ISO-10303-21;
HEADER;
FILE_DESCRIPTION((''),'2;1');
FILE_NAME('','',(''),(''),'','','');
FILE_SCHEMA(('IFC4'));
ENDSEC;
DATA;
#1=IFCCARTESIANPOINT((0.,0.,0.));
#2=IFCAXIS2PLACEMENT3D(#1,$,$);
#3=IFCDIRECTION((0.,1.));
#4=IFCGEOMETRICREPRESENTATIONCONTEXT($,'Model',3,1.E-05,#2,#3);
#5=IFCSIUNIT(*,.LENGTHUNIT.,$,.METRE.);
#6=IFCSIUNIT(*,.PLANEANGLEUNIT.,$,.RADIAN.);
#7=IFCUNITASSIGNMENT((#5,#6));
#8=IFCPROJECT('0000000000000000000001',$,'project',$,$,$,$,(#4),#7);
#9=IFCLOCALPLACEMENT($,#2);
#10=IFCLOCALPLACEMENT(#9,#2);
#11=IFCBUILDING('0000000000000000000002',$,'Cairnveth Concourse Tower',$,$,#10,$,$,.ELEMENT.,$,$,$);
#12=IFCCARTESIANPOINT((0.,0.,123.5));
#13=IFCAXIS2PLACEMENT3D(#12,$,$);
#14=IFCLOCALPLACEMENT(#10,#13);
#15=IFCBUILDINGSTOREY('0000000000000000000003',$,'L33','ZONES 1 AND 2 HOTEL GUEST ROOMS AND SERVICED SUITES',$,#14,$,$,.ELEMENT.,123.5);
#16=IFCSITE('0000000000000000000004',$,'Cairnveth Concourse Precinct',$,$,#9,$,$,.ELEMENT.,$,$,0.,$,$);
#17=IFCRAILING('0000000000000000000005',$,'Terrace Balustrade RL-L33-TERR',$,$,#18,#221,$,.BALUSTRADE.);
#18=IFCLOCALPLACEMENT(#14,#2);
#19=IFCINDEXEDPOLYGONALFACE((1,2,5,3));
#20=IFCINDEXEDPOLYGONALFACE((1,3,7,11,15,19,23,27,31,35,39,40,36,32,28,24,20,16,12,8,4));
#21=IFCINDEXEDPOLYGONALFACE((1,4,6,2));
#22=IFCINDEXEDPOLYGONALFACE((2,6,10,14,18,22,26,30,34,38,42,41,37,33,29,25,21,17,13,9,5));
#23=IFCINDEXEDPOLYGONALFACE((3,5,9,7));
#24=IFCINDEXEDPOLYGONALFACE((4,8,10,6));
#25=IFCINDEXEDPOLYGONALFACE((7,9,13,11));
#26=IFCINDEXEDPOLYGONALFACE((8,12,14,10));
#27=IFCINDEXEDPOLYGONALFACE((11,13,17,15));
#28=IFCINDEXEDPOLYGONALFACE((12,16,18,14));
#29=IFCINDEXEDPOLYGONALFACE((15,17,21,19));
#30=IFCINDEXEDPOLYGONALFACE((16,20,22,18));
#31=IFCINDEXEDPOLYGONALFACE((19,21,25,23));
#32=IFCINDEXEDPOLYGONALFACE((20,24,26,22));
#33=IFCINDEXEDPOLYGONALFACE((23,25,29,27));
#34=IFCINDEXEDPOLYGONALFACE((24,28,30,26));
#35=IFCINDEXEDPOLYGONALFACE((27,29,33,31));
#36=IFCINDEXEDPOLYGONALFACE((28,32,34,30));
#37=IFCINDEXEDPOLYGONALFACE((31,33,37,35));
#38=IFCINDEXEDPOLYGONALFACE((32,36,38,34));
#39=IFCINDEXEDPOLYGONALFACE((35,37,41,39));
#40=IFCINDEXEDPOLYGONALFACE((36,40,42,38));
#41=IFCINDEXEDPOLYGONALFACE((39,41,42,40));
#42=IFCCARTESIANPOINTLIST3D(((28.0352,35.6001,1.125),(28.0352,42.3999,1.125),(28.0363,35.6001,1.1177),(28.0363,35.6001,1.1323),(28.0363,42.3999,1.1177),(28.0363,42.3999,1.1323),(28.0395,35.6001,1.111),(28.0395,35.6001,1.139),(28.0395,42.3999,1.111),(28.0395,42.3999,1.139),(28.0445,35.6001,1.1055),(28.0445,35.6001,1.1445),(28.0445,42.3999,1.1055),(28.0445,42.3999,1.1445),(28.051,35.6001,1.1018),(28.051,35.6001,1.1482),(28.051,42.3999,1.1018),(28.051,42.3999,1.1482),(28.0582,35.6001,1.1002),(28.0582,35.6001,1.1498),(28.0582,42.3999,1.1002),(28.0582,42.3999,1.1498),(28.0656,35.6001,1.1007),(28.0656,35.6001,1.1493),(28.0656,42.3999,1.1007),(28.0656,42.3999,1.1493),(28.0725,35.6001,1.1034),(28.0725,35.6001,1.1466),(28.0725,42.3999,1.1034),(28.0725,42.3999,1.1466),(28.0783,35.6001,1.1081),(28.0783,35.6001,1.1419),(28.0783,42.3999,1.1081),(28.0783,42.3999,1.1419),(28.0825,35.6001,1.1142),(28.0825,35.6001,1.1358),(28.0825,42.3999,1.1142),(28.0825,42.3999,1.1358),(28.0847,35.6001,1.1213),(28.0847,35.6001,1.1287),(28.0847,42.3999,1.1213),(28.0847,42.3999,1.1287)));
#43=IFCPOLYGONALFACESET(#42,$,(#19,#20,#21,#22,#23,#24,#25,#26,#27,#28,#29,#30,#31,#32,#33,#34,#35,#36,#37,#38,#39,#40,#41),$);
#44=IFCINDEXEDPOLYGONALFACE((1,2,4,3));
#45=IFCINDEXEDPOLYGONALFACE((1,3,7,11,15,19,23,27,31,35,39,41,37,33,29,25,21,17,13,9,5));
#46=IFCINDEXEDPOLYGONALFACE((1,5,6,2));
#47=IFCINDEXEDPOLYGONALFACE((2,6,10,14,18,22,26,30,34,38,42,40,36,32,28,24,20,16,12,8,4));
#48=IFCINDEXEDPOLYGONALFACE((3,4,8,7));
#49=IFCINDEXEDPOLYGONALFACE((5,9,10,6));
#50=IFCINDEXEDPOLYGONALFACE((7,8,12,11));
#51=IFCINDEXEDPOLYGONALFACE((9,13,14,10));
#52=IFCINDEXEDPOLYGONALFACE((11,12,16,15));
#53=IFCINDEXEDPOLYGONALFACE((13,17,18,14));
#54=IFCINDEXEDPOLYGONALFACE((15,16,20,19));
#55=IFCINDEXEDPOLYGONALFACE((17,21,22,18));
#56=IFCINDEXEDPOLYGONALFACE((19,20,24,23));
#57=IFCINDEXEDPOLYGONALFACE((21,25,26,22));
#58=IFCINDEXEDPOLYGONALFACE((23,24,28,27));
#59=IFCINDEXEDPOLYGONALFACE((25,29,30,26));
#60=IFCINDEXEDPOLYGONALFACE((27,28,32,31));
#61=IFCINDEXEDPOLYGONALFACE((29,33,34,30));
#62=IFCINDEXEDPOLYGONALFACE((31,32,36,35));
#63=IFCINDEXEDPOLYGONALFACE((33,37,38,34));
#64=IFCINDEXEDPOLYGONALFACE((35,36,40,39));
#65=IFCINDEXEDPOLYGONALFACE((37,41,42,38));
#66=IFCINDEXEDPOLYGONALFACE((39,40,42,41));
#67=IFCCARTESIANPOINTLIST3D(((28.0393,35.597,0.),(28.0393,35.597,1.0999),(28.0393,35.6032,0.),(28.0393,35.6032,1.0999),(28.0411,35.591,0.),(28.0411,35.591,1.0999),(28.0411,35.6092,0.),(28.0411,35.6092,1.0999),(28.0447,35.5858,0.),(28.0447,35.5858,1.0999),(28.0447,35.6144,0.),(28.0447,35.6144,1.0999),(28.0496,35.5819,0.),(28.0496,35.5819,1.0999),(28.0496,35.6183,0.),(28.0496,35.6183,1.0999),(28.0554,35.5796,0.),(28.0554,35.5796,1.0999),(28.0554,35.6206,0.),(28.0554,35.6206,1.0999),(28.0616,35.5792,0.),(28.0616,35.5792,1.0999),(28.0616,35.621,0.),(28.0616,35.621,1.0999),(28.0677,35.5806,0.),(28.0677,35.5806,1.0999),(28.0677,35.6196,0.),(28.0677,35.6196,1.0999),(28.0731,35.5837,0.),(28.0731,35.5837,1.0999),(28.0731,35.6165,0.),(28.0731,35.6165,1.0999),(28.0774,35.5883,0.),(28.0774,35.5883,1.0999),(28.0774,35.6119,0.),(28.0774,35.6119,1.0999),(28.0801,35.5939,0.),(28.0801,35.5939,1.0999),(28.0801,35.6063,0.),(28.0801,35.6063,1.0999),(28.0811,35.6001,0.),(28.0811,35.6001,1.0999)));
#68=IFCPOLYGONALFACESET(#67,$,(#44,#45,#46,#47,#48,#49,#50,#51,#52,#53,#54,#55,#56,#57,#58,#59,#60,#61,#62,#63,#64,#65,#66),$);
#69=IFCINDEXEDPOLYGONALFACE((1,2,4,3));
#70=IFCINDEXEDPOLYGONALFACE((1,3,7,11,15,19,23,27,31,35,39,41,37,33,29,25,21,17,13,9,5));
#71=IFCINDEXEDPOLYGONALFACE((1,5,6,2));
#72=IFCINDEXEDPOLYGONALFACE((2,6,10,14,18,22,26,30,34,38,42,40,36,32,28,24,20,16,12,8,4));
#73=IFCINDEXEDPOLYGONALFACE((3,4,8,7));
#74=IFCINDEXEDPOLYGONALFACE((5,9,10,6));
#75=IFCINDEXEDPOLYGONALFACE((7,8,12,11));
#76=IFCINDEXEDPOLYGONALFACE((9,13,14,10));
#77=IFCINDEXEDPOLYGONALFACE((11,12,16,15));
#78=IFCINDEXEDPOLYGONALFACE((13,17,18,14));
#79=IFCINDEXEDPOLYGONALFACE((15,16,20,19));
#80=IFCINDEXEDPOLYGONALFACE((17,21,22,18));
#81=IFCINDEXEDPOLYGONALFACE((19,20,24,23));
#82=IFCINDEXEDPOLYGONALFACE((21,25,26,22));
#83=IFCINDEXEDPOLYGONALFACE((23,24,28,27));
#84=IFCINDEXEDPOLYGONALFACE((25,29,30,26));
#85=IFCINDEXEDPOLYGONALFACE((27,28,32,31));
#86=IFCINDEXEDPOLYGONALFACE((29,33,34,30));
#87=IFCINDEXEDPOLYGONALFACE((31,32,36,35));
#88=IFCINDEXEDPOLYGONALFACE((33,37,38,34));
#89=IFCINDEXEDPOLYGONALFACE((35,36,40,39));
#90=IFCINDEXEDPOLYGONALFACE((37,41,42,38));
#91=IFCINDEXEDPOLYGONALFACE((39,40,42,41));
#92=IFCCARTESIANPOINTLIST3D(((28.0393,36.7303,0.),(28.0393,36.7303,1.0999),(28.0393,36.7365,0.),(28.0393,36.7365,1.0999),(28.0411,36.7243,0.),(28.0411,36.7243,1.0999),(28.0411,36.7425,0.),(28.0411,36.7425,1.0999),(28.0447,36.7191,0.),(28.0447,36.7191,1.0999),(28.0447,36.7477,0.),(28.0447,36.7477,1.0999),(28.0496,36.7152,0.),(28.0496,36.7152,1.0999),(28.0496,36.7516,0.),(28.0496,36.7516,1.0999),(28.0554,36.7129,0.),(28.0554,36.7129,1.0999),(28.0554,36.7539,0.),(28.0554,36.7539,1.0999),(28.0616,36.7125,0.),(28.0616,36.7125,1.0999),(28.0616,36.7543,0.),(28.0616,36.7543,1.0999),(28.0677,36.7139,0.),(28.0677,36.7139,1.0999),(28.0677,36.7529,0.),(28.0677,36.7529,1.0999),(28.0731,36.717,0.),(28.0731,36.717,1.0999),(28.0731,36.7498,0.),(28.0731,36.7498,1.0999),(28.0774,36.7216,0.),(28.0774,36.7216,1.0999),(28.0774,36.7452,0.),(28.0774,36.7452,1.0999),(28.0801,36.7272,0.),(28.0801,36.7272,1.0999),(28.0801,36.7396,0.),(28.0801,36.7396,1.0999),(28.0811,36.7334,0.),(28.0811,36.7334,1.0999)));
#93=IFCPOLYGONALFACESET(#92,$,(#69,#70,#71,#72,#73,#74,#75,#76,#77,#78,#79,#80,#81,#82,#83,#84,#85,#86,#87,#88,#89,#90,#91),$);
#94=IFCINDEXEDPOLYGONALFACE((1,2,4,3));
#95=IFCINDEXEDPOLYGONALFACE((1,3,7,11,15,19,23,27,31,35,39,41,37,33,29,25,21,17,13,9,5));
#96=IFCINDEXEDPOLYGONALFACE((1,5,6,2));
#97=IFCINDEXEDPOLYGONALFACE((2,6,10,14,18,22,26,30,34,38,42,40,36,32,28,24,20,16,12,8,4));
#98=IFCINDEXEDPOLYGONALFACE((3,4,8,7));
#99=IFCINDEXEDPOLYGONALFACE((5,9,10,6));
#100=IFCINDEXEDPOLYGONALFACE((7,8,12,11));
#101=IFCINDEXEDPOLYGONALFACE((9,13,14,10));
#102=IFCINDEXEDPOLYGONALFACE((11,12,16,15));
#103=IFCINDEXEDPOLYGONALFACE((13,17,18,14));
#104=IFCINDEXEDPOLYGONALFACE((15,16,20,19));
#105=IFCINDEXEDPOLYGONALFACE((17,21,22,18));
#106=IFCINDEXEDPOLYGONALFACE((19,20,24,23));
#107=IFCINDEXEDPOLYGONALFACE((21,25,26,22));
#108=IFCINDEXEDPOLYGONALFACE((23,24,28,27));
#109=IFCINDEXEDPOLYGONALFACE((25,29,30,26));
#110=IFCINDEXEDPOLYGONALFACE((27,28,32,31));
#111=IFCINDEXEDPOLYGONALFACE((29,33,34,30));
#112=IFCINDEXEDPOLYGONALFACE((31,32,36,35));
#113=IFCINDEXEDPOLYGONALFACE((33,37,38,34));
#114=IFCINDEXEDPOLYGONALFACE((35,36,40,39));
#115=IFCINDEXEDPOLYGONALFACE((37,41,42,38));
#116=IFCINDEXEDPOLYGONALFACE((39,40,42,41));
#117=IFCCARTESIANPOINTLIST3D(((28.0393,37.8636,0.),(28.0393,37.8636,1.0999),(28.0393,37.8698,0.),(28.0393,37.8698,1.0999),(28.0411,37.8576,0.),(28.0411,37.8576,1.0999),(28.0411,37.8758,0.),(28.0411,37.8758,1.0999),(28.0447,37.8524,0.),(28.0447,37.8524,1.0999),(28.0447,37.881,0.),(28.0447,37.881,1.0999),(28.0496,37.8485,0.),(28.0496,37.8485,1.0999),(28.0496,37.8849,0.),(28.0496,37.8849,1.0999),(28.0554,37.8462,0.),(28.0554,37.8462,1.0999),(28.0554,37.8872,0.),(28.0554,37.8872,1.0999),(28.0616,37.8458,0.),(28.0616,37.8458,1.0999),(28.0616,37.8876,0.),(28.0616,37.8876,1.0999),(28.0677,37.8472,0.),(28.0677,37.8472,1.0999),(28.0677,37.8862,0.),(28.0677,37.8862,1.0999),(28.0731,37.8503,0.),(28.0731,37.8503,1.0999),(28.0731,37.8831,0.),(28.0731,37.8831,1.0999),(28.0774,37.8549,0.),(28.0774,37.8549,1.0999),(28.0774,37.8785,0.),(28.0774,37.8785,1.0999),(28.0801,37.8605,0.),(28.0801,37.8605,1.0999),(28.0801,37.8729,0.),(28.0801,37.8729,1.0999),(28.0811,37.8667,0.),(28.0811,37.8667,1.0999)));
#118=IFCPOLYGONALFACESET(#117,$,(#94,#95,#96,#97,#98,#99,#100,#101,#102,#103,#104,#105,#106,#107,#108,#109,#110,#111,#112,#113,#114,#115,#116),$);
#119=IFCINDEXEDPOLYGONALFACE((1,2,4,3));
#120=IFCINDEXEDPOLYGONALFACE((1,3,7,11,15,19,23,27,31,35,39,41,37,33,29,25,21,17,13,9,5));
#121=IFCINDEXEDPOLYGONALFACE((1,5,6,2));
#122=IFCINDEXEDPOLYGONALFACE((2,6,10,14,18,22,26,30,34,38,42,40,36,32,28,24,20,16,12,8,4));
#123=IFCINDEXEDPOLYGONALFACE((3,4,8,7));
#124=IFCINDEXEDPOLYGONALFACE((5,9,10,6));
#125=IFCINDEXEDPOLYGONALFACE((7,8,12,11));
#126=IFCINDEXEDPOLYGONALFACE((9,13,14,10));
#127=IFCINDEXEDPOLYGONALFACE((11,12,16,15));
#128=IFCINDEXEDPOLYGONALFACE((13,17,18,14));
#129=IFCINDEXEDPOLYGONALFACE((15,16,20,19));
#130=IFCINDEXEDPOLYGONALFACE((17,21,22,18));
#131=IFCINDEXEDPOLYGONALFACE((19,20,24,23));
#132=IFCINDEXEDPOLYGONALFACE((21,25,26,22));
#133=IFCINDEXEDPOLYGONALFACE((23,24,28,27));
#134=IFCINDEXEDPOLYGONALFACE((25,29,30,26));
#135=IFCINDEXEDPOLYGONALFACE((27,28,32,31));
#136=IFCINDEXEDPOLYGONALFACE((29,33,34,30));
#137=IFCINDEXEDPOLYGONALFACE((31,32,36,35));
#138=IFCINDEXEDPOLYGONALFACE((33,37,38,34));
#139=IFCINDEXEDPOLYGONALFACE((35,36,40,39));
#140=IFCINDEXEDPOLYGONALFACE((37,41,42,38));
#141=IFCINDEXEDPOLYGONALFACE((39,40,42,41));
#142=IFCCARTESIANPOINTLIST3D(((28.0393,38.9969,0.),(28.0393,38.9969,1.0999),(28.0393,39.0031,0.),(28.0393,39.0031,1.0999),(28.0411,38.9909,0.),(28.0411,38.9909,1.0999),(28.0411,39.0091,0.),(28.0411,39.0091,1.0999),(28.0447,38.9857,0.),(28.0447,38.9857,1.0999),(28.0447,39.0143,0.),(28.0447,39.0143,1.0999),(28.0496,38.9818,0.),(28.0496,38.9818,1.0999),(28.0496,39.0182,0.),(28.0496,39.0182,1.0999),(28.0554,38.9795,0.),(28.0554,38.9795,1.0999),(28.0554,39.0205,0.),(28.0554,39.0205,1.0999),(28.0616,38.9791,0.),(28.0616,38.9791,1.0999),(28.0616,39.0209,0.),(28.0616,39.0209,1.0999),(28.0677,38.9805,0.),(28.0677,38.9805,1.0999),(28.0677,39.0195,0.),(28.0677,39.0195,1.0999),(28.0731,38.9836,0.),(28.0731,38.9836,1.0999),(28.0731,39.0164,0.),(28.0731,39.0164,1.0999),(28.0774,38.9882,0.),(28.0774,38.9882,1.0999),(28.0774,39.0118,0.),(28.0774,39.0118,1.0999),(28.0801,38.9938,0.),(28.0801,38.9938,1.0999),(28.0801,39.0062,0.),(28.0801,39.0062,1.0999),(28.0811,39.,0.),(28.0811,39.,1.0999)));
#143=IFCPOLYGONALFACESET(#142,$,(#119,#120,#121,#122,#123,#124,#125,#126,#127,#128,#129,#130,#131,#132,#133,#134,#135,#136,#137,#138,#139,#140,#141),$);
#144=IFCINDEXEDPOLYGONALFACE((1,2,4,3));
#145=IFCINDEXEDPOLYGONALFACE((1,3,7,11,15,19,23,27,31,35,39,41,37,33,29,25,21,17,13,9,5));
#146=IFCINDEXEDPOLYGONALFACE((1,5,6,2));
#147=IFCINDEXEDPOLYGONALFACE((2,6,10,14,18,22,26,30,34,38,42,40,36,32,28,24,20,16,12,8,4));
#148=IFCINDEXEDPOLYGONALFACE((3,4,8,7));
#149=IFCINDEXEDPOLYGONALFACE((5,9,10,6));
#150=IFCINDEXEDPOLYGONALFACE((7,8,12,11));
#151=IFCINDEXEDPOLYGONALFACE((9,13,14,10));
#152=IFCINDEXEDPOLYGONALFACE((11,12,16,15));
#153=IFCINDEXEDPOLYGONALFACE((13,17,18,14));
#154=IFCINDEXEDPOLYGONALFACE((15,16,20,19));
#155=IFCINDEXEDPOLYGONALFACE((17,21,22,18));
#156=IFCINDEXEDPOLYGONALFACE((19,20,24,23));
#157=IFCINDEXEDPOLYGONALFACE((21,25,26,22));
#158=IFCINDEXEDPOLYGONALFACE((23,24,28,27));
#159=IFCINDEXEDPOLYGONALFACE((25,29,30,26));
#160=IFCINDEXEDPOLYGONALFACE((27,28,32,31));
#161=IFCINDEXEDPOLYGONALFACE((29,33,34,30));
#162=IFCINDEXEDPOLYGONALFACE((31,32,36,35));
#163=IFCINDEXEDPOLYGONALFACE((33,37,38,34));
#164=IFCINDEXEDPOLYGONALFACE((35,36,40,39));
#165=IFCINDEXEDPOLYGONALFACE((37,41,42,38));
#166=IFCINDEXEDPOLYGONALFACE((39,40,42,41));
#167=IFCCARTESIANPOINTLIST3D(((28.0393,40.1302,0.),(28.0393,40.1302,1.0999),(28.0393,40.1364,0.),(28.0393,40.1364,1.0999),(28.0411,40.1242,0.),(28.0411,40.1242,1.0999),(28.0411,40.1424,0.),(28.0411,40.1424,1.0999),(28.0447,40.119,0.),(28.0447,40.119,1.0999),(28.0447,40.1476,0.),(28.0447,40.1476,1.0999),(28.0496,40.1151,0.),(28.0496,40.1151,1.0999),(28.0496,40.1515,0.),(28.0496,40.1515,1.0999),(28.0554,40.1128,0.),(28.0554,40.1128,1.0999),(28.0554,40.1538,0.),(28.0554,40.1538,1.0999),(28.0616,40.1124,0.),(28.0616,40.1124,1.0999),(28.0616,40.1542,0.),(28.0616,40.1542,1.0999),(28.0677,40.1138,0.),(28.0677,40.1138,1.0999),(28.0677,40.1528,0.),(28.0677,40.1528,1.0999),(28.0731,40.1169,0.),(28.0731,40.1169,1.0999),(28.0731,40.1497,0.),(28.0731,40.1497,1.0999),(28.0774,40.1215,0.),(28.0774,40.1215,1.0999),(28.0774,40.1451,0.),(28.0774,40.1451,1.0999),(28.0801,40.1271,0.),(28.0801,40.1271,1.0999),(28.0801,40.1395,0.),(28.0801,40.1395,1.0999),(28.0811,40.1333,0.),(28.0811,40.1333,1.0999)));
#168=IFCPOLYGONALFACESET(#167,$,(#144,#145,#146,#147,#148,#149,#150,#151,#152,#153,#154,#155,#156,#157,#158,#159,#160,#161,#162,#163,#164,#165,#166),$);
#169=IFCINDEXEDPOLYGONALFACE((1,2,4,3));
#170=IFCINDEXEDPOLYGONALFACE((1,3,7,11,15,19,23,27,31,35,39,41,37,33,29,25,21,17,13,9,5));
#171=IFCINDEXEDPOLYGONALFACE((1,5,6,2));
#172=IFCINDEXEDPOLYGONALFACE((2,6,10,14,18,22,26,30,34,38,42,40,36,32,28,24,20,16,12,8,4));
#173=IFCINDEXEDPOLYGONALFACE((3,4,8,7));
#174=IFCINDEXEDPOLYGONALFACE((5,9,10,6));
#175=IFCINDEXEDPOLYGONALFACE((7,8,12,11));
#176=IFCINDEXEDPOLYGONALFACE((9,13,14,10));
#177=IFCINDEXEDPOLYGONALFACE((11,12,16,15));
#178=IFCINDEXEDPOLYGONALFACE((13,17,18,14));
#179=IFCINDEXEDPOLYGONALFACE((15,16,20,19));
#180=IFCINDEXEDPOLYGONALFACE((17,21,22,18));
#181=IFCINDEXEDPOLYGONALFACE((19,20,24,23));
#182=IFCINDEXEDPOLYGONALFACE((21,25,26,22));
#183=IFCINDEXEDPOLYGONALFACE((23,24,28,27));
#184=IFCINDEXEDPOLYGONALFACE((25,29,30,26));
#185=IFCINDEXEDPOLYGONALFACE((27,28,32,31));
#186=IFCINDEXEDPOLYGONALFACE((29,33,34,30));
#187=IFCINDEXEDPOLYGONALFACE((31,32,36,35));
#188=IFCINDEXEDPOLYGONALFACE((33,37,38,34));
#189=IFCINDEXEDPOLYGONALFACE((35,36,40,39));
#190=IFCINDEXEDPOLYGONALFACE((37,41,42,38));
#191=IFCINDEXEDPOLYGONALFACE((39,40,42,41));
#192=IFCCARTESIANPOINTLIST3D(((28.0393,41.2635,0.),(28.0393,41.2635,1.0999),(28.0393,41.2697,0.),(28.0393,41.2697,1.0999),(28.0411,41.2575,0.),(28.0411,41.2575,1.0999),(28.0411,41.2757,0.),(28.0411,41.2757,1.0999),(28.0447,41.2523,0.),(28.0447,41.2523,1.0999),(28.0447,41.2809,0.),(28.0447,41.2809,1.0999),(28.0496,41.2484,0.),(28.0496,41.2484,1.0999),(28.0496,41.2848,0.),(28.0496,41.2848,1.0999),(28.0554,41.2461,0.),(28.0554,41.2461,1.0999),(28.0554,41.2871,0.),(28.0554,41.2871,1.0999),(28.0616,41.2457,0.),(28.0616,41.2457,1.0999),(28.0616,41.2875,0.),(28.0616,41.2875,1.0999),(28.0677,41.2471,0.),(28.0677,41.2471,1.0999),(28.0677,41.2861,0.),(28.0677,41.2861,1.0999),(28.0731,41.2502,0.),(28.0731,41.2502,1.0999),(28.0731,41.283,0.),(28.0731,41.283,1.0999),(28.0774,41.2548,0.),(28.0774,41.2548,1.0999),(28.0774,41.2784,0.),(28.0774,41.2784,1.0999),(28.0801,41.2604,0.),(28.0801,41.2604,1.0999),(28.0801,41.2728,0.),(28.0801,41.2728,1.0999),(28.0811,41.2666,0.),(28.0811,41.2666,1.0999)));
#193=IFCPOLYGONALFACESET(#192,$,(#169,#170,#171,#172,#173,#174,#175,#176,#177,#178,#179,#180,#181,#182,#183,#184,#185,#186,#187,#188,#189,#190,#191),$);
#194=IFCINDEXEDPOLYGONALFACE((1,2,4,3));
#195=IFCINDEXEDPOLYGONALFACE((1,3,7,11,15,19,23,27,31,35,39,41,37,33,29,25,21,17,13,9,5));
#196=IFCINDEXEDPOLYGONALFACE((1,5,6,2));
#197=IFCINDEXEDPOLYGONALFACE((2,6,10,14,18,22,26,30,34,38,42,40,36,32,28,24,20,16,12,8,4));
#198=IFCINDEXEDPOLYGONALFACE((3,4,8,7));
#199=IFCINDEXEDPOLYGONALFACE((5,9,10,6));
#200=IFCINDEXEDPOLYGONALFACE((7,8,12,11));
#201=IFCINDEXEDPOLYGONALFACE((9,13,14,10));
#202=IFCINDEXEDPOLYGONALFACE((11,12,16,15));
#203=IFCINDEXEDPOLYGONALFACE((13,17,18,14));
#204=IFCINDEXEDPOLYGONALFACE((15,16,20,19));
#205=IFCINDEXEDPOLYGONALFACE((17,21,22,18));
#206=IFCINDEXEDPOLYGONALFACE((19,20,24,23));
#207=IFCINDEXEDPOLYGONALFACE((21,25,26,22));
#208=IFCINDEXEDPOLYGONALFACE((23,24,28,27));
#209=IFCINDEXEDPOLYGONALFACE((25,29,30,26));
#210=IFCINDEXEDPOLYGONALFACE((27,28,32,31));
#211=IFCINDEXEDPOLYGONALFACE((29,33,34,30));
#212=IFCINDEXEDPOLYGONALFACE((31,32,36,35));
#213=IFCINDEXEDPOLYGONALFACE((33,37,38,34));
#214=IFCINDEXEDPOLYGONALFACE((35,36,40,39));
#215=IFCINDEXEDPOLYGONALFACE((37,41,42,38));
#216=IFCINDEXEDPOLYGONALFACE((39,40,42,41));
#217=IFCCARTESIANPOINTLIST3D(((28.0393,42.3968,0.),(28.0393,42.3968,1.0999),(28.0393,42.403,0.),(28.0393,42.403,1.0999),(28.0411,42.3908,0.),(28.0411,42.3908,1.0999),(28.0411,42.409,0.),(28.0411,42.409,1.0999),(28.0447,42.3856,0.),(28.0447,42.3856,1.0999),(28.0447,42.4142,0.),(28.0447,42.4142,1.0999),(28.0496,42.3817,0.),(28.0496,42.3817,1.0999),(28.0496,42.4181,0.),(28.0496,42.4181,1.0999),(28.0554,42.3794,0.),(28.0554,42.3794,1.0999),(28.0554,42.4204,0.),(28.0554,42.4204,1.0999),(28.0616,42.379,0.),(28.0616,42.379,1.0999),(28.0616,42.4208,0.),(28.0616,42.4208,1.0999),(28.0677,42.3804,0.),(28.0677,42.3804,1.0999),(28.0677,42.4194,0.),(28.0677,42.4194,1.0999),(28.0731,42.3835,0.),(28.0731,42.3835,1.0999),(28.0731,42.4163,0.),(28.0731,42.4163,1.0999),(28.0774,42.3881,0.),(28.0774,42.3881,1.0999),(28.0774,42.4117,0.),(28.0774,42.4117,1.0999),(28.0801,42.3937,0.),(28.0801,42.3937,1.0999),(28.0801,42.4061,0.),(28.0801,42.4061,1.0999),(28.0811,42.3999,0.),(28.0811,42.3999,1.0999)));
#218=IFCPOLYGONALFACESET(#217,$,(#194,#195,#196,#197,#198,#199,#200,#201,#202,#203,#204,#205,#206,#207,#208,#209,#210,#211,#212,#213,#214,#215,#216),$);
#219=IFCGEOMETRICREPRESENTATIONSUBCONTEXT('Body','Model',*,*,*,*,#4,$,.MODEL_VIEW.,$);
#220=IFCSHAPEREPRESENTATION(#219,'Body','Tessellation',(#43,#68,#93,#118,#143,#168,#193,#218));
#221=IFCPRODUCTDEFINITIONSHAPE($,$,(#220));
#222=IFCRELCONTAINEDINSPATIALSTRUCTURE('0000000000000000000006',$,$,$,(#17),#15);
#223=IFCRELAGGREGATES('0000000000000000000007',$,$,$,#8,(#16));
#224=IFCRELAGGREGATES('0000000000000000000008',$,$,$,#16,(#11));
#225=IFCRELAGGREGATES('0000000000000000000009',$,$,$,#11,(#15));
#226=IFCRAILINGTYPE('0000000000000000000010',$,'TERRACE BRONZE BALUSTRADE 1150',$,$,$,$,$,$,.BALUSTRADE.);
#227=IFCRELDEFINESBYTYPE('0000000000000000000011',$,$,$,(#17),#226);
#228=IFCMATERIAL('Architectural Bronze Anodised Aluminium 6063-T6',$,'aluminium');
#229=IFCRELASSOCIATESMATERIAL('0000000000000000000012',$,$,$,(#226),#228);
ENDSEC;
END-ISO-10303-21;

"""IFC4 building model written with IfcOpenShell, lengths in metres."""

from ifc_helpers import new_model, si_unit, direction, frame, origin, origin_2d, place, context, subcontext, project, spatial, circle, extrude, material, type_object, element, save


model = new_model("IFC4")

# Units and contexts
model_context = context("Model", 3, precision=1e-05, world=origin(), true_north=direction((0.0, 1.0)))
body_context = subcontext(model_context, "Body", "Model", "MODEL_VIEW")
ifc_project = project(units=[si_unit("LENGTHUNIT", "METRE"), si_unit("PLANEANGLEUNIT", "RADIAN")], contexts=[model_context])

# Site, building, storey
site_placement = place(None, origin())
site = spatial("IfcSite", under=ifc_project, at=site_placement, Name="Cairnveth Concourse Precinct", CompositionType="ELEMENT", RefElevation=0.0)
building_placement = place(site_placement, origin())
building = spatial("IfcBuilding", under=site, at=building_placement, Name="Cairnveth Concourse Tower", CompositionType="ELEMENT")
storey_placement = place(building_placement, frame((0.0, 0.0, 123.5)))
storey = spatial("IfcBuildingStorey", under=building, at=storey_placement, Name="L33", Description="ZONES 1 AND 2 HOTEL GUEST ROOMS AND SERVICED SUITES", CompositionType="ELEMENT", Elevation=123.5)

# Shared definitions
ifc_material_1 = material(Name="Architectural Bronze Anodised Aluminium 6063-T6", Category="aluminium")

# Railing
railing_type = type_object("IfcRailingType", Name="TERRACE BRONZE BALUSTRADE 1150", PredefinedType="BALUSTRADE", material=ifc_material_1)
railing_placement = place(storey_placement, frame((28.0601, 35.6001, 0.0)))
element("IfcRailing", 1, at=railing_placement, inside=storey, type_object=railing_type, Name="Terrace Balustrade RL-L33-TERR", PredefinedType="BALUSTRADE", context=body_context, shape_type="SweptSolid", body=[
    extrude(circle(Radius=0.0249, at=origin_2d()), frame((0.0, 0.0, 1.125), z_axis=(0.0, 1.0, 0.0), x_axis=(-1.0, 0.0, 0.0)), (0.0, 0.0, 1.0), 6.7998),
    extrude(circle(Radius=0.021, at=origin_2d()), origin(), (0.0, 0.0, 1.0), 1.0999),
    extrude(circle(Radius=0.021, at=origin_2d()), frame((0.0, 1.1333, 0.0)), (0.0, 0.0, 1.0), 1.0999),
    extrude(circle(Radius=0.021, at=origin_2d()), frame((0.0, 2.2666, 0.0)), (0.0, 0.0, 1.0), 1.0999),
    extrude(circle(Radius=0.021, at=origin_2d()), frame((0.0, 3.3999, 0.0)), (0.0, 0.0, 1.0), 1.0999),
    extrude(circle(Radius=0.021, at=origin_2d()), frame((0.0, 4.5332, 0.0)), (0.0, 0.0, 1.0), 1.0999),
    extrude(circle(Radius=0.021, at=origin_2d()), frame((0.0, 5.6665, 0.0)), (0.0, 0.0, 1.0), 1.0999),
    extrude(circle(Radius=0.021, at=origin_2d()), frame((0.0, 6.7998, 0.0)), (0.0, 0.0, 1.0), 1.0999),
])

save(model, "model.ifc")
